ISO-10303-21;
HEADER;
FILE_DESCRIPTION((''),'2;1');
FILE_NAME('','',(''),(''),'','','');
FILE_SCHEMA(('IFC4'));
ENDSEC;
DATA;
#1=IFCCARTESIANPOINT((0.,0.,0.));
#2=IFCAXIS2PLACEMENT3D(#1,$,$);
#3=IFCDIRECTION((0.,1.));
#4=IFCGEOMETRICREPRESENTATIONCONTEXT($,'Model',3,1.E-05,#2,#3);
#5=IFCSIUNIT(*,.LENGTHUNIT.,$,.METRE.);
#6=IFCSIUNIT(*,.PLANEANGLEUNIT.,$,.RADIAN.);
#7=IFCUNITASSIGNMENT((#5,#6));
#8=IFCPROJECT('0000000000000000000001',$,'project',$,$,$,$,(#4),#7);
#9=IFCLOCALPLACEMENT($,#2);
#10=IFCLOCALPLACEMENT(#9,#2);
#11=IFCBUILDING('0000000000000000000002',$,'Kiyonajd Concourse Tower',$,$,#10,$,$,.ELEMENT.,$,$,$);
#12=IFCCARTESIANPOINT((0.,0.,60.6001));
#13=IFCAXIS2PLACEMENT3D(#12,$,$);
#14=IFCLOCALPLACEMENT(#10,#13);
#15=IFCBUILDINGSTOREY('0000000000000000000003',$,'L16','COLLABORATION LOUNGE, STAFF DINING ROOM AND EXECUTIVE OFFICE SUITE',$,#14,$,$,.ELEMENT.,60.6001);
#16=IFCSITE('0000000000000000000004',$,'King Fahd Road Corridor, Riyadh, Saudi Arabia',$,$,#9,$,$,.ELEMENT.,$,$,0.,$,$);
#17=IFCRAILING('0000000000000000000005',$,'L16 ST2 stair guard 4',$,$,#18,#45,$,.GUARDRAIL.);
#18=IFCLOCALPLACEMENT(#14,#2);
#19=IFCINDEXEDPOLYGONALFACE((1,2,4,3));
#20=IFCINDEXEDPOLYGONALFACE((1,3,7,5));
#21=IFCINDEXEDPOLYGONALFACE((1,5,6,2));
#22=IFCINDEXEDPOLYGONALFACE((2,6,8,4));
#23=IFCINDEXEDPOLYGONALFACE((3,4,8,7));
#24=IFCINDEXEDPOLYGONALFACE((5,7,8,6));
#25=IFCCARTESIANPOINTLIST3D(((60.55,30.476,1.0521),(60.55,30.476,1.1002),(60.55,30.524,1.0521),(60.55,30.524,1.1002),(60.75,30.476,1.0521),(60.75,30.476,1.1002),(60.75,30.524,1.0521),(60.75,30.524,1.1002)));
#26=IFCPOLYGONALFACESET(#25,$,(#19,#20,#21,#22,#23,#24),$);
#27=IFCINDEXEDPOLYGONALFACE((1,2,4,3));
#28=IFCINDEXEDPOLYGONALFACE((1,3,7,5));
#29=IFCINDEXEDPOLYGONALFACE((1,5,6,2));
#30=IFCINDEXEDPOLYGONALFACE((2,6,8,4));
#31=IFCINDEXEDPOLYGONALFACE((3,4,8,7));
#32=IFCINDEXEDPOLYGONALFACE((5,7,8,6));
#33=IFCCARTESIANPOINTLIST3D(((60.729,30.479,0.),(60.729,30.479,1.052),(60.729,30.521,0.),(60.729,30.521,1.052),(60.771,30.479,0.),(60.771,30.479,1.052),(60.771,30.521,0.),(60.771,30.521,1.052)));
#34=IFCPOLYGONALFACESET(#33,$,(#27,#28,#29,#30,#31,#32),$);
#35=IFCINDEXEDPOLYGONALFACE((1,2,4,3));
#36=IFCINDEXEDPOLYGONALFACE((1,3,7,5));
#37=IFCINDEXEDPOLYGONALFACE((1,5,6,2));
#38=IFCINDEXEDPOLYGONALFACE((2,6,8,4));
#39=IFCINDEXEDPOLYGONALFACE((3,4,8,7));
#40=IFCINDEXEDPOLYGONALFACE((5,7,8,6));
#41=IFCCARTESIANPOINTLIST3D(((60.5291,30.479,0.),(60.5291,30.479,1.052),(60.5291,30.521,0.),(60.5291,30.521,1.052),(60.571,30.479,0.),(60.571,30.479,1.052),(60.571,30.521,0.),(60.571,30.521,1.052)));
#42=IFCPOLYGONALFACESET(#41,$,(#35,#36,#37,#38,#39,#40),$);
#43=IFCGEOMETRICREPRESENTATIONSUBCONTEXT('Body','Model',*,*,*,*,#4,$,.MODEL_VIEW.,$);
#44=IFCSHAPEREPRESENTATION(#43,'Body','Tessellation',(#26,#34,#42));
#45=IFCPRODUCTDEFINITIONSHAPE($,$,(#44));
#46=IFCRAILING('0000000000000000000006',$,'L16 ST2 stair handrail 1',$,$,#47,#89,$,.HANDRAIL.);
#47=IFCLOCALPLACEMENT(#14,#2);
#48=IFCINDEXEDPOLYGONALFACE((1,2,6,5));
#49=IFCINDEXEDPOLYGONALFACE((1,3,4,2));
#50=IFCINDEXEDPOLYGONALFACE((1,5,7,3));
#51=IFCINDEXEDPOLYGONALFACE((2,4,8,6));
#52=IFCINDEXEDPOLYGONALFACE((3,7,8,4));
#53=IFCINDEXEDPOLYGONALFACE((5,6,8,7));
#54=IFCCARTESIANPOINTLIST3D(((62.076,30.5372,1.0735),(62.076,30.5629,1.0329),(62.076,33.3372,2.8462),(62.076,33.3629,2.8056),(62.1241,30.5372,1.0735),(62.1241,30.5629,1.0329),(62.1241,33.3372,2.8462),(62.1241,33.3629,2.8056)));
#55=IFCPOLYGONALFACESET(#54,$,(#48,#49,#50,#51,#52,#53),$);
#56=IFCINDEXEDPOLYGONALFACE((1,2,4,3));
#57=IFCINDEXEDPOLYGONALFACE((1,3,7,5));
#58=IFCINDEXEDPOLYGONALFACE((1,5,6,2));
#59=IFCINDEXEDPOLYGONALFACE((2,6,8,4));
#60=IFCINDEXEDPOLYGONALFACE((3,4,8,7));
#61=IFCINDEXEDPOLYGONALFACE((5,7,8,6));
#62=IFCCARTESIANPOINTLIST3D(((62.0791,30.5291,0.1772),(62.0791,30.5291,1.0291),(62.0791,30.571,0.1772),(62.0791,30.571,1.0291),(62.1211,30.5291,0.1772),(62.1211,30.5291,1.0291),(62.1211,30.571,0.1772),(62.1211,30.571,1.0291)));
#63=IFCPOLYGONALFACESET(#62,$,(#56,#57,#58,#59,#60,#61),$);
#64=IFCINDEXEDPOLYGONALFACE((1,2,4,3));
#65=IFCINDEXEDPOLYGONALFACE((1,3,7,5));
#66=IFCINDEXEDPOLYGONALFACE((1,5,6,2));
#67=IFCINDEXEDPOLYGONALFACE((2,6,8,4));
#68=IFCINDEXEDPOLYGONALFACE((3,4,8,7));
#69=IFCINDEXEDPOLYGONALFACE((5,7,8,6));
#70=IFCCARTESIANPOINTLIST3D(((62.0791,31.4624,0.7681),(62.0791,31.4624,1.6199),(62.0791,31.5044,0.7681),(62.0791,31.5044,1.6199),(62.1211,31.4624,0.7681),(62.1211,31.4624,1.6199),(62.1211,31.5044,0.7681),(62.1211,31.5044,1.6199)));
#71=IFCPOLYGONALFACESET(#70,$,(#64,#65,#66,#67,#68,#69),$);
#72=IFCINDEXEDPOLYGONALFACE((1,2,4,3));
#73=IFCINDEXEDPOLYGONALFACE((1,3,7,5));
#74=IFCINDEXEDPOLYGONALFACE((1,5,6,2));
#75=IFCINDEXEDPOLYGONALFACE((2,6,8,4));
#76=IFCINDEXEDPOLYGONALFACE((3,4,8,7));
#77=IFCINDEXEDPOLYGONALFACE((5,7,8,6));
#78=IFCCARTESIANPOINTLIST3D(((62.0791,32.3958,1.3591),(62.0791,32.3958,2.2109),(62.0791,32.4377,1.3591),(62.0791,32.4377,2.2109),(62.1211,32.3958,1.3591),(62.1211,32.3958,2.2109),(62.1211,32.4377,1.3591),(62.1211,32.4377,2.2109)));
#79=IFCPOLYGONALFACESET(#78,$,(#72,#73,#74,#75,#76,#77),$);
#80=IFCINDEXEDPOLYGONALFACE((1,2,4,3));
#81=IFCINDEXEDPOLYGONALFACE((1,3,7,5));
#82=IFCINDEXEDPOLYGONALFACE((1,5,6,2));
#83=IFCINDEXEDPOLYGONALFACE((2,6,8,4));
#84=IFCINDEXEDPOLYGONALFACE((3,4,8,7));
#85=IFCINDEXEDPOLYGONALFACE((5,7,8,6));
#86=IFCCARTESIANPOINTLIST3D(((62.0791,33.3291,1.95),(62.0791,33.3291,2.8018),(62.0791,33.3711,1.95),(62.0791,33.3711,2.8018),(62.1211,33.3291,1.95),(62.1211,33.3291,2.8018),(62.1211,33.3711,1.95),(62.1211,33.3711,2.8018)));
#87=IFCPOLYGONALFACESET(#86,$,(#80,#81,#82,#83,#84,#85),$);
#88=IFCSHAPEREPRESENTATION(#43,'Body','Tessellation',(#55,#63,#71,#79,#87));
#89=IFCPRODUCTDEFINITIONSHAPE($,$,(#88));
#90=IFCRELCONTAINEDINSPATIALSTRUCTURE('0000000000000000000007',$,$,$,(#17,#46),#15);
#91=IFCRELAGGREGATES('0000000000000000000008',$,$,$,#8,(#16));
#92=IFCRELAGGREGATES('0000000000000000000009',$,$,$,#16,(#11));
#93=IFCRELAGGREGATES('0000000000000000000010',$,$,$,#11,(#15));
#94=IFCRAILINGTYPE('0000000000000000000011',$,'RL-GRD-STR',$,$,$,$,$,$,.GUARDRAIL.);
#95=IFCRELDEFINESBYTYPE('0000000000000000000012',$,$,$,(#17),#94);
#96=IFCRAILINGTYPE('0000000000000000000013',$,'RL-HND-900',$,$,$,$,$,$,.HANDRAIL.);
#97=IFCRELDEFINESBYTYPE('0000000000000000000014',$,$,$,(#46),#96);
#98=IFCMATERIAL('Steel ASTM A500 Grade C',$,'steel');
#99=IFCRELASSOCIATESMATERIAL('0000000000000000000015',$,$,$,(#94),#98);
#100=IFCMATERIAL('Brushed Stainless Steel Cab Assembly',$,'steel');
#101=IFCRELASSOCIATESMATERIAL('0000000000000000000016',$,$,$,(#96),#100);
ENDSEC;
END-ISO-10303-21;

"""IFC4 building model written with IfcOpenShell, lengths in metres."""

from ifc_helpers import new_model, si_unit, direction, frame, origin, origin_2d, place, context, subcontext, project, spatial, rectangle, extrude, material, type_object, element, save


model = new_model("IFC4")

# Units and contexts
model_context = context("Model", 3, precision=1e-05, world=origin(), true_north=direction((0.0, 1.0)))
body_context = subcontext(model_context, "Body", "Model", "MODEL_VIEW")
ifc_project = project(units=[si_unit("LENGTHUNIT", "METRE"), si_unit("PLANEANGLEUNIT", "RADIAN")], contexts=[model_context])

# Site, building, storey
site_placement = place(None, origin())
site = spatial("IfcSite", under=ifc_project, at=site_placement, Name="King Fahd Road Corridor, Riyadh, Saudi Arabia", CompositionType="ELEMENT", RefElevation=0.0)
building_placement = place(site_placement, origin())
building = spatial("IfcBuilding", under=site, at=building_placement, Name="Kiyonajd Concourse Tower", CompositionType="ELEMENT")
storey_placement = place(building_placement, frame((0.0, 0.0, 60.6001)))
storey = spatial("IfcBuildingStorey", under=building, at=storey_placement, Name="L16", Description="COLLABORATION LOUNGE, STAFF DINING ROOM AND EXECUTIVE OFFICE SUITE", CompositionType="ELEMENT", Elevation=60.6001)

# Railings
ifc_material_1 = material(Name="Steel ASTM A500 Grade C", Category="steel")
railing_type_1 = type_object("IfcRailingType", Name="RL-GRD-STR", PredefinedType="GUARDRAIL", material=ifc_material_1)
railing_1_placement = place(storey_placement, frame((60.75, 30.5, 0.0)))
element("IfcRailing", 1, at=railing_1_placement, inside=storey, type_object=railing_type_1, Name="L16 ST2 stair guard 4", PredefinedType="GUARDRAIL", context=body_context, shape_type="SweptSolid", body=[
    extrude(rectangle(XDim=0.0481, YDim=0.0481, at=origin_2d()), frame((0.0, 0.0, 1.0762), z_axis=(-1.0, 0.0, 0.0), x_axis=(0.0, -1.0, 0.0)), (0.0, 0.0, 1.0), 0.2),
    extrude(rectangle(XDim=0.042, YDim=0.042, at=origin_2d()), origin(), (0.0, 0.0, 1.0), 1.052),
    extrude(rectangle(XDim=0.042, YDim=0.042, at=origin_2d()), frame((-0.2, 0.0, 0.0)), (0.0, 0.0, 1.0), 1.052),
])
ifc_material_2 = material(Name="Brushed Stainless Steel Cab Assembly", Category="steel")
railing_type_2 = type_object("IfcRailingType", Name="RL-HND-900", PredefinedType="HANDRAIL", material=ifc_material_2)
railing_2_placement = place(storey_placement, frame((62.1001, 30.55, 0.1772)))
element("IfcRailing", 2, at=railing_2_placement, inside=storey, type_object=railing_type_2, Name="L16 ST2 stair handrail 1", PredefinedType="HANDRAIL", context=body_context, shape_type="SweptSolid", body=[
    extrude(rectangle(XDim=0.0481, YDim=0.0481, at=origin_2d()), frame((0.0, 0.0, 0.876), z_axis=(0.0, 0.844909, 0.53491), x_axis=(-1.0, 0.0, 0.0)), (0.0, 0.0, 1.0), 3.314),
    extrude(rectangle(XDim=0.042, YDim=0.042, at=origin_2d()), origin(), (0.0, 0.0, 1.0), 0.8518),
    extrude(rectangle(XDim=0.042, YDim=0.042, at=origin_2d()), frame((0.0, 0.9333, 0.5908)), (0.0, 0.0, 1.0), 0.8518),
    extrude(rectangle(XDim=0.042, YDim=0.042, at=origin_2d()), frame((0.0, 1.8667, 1.1819)), (0.0, 0.0, 1.0), 0.8518),
    extrude(rectangle(XDim=0.042, YDim=0.042, at=origin_2d()), frame((0.0, 2.8, 1.7727)), (0.0, 0.0, 1.0), 0.8518),
])

save(model, "model.ifc")
